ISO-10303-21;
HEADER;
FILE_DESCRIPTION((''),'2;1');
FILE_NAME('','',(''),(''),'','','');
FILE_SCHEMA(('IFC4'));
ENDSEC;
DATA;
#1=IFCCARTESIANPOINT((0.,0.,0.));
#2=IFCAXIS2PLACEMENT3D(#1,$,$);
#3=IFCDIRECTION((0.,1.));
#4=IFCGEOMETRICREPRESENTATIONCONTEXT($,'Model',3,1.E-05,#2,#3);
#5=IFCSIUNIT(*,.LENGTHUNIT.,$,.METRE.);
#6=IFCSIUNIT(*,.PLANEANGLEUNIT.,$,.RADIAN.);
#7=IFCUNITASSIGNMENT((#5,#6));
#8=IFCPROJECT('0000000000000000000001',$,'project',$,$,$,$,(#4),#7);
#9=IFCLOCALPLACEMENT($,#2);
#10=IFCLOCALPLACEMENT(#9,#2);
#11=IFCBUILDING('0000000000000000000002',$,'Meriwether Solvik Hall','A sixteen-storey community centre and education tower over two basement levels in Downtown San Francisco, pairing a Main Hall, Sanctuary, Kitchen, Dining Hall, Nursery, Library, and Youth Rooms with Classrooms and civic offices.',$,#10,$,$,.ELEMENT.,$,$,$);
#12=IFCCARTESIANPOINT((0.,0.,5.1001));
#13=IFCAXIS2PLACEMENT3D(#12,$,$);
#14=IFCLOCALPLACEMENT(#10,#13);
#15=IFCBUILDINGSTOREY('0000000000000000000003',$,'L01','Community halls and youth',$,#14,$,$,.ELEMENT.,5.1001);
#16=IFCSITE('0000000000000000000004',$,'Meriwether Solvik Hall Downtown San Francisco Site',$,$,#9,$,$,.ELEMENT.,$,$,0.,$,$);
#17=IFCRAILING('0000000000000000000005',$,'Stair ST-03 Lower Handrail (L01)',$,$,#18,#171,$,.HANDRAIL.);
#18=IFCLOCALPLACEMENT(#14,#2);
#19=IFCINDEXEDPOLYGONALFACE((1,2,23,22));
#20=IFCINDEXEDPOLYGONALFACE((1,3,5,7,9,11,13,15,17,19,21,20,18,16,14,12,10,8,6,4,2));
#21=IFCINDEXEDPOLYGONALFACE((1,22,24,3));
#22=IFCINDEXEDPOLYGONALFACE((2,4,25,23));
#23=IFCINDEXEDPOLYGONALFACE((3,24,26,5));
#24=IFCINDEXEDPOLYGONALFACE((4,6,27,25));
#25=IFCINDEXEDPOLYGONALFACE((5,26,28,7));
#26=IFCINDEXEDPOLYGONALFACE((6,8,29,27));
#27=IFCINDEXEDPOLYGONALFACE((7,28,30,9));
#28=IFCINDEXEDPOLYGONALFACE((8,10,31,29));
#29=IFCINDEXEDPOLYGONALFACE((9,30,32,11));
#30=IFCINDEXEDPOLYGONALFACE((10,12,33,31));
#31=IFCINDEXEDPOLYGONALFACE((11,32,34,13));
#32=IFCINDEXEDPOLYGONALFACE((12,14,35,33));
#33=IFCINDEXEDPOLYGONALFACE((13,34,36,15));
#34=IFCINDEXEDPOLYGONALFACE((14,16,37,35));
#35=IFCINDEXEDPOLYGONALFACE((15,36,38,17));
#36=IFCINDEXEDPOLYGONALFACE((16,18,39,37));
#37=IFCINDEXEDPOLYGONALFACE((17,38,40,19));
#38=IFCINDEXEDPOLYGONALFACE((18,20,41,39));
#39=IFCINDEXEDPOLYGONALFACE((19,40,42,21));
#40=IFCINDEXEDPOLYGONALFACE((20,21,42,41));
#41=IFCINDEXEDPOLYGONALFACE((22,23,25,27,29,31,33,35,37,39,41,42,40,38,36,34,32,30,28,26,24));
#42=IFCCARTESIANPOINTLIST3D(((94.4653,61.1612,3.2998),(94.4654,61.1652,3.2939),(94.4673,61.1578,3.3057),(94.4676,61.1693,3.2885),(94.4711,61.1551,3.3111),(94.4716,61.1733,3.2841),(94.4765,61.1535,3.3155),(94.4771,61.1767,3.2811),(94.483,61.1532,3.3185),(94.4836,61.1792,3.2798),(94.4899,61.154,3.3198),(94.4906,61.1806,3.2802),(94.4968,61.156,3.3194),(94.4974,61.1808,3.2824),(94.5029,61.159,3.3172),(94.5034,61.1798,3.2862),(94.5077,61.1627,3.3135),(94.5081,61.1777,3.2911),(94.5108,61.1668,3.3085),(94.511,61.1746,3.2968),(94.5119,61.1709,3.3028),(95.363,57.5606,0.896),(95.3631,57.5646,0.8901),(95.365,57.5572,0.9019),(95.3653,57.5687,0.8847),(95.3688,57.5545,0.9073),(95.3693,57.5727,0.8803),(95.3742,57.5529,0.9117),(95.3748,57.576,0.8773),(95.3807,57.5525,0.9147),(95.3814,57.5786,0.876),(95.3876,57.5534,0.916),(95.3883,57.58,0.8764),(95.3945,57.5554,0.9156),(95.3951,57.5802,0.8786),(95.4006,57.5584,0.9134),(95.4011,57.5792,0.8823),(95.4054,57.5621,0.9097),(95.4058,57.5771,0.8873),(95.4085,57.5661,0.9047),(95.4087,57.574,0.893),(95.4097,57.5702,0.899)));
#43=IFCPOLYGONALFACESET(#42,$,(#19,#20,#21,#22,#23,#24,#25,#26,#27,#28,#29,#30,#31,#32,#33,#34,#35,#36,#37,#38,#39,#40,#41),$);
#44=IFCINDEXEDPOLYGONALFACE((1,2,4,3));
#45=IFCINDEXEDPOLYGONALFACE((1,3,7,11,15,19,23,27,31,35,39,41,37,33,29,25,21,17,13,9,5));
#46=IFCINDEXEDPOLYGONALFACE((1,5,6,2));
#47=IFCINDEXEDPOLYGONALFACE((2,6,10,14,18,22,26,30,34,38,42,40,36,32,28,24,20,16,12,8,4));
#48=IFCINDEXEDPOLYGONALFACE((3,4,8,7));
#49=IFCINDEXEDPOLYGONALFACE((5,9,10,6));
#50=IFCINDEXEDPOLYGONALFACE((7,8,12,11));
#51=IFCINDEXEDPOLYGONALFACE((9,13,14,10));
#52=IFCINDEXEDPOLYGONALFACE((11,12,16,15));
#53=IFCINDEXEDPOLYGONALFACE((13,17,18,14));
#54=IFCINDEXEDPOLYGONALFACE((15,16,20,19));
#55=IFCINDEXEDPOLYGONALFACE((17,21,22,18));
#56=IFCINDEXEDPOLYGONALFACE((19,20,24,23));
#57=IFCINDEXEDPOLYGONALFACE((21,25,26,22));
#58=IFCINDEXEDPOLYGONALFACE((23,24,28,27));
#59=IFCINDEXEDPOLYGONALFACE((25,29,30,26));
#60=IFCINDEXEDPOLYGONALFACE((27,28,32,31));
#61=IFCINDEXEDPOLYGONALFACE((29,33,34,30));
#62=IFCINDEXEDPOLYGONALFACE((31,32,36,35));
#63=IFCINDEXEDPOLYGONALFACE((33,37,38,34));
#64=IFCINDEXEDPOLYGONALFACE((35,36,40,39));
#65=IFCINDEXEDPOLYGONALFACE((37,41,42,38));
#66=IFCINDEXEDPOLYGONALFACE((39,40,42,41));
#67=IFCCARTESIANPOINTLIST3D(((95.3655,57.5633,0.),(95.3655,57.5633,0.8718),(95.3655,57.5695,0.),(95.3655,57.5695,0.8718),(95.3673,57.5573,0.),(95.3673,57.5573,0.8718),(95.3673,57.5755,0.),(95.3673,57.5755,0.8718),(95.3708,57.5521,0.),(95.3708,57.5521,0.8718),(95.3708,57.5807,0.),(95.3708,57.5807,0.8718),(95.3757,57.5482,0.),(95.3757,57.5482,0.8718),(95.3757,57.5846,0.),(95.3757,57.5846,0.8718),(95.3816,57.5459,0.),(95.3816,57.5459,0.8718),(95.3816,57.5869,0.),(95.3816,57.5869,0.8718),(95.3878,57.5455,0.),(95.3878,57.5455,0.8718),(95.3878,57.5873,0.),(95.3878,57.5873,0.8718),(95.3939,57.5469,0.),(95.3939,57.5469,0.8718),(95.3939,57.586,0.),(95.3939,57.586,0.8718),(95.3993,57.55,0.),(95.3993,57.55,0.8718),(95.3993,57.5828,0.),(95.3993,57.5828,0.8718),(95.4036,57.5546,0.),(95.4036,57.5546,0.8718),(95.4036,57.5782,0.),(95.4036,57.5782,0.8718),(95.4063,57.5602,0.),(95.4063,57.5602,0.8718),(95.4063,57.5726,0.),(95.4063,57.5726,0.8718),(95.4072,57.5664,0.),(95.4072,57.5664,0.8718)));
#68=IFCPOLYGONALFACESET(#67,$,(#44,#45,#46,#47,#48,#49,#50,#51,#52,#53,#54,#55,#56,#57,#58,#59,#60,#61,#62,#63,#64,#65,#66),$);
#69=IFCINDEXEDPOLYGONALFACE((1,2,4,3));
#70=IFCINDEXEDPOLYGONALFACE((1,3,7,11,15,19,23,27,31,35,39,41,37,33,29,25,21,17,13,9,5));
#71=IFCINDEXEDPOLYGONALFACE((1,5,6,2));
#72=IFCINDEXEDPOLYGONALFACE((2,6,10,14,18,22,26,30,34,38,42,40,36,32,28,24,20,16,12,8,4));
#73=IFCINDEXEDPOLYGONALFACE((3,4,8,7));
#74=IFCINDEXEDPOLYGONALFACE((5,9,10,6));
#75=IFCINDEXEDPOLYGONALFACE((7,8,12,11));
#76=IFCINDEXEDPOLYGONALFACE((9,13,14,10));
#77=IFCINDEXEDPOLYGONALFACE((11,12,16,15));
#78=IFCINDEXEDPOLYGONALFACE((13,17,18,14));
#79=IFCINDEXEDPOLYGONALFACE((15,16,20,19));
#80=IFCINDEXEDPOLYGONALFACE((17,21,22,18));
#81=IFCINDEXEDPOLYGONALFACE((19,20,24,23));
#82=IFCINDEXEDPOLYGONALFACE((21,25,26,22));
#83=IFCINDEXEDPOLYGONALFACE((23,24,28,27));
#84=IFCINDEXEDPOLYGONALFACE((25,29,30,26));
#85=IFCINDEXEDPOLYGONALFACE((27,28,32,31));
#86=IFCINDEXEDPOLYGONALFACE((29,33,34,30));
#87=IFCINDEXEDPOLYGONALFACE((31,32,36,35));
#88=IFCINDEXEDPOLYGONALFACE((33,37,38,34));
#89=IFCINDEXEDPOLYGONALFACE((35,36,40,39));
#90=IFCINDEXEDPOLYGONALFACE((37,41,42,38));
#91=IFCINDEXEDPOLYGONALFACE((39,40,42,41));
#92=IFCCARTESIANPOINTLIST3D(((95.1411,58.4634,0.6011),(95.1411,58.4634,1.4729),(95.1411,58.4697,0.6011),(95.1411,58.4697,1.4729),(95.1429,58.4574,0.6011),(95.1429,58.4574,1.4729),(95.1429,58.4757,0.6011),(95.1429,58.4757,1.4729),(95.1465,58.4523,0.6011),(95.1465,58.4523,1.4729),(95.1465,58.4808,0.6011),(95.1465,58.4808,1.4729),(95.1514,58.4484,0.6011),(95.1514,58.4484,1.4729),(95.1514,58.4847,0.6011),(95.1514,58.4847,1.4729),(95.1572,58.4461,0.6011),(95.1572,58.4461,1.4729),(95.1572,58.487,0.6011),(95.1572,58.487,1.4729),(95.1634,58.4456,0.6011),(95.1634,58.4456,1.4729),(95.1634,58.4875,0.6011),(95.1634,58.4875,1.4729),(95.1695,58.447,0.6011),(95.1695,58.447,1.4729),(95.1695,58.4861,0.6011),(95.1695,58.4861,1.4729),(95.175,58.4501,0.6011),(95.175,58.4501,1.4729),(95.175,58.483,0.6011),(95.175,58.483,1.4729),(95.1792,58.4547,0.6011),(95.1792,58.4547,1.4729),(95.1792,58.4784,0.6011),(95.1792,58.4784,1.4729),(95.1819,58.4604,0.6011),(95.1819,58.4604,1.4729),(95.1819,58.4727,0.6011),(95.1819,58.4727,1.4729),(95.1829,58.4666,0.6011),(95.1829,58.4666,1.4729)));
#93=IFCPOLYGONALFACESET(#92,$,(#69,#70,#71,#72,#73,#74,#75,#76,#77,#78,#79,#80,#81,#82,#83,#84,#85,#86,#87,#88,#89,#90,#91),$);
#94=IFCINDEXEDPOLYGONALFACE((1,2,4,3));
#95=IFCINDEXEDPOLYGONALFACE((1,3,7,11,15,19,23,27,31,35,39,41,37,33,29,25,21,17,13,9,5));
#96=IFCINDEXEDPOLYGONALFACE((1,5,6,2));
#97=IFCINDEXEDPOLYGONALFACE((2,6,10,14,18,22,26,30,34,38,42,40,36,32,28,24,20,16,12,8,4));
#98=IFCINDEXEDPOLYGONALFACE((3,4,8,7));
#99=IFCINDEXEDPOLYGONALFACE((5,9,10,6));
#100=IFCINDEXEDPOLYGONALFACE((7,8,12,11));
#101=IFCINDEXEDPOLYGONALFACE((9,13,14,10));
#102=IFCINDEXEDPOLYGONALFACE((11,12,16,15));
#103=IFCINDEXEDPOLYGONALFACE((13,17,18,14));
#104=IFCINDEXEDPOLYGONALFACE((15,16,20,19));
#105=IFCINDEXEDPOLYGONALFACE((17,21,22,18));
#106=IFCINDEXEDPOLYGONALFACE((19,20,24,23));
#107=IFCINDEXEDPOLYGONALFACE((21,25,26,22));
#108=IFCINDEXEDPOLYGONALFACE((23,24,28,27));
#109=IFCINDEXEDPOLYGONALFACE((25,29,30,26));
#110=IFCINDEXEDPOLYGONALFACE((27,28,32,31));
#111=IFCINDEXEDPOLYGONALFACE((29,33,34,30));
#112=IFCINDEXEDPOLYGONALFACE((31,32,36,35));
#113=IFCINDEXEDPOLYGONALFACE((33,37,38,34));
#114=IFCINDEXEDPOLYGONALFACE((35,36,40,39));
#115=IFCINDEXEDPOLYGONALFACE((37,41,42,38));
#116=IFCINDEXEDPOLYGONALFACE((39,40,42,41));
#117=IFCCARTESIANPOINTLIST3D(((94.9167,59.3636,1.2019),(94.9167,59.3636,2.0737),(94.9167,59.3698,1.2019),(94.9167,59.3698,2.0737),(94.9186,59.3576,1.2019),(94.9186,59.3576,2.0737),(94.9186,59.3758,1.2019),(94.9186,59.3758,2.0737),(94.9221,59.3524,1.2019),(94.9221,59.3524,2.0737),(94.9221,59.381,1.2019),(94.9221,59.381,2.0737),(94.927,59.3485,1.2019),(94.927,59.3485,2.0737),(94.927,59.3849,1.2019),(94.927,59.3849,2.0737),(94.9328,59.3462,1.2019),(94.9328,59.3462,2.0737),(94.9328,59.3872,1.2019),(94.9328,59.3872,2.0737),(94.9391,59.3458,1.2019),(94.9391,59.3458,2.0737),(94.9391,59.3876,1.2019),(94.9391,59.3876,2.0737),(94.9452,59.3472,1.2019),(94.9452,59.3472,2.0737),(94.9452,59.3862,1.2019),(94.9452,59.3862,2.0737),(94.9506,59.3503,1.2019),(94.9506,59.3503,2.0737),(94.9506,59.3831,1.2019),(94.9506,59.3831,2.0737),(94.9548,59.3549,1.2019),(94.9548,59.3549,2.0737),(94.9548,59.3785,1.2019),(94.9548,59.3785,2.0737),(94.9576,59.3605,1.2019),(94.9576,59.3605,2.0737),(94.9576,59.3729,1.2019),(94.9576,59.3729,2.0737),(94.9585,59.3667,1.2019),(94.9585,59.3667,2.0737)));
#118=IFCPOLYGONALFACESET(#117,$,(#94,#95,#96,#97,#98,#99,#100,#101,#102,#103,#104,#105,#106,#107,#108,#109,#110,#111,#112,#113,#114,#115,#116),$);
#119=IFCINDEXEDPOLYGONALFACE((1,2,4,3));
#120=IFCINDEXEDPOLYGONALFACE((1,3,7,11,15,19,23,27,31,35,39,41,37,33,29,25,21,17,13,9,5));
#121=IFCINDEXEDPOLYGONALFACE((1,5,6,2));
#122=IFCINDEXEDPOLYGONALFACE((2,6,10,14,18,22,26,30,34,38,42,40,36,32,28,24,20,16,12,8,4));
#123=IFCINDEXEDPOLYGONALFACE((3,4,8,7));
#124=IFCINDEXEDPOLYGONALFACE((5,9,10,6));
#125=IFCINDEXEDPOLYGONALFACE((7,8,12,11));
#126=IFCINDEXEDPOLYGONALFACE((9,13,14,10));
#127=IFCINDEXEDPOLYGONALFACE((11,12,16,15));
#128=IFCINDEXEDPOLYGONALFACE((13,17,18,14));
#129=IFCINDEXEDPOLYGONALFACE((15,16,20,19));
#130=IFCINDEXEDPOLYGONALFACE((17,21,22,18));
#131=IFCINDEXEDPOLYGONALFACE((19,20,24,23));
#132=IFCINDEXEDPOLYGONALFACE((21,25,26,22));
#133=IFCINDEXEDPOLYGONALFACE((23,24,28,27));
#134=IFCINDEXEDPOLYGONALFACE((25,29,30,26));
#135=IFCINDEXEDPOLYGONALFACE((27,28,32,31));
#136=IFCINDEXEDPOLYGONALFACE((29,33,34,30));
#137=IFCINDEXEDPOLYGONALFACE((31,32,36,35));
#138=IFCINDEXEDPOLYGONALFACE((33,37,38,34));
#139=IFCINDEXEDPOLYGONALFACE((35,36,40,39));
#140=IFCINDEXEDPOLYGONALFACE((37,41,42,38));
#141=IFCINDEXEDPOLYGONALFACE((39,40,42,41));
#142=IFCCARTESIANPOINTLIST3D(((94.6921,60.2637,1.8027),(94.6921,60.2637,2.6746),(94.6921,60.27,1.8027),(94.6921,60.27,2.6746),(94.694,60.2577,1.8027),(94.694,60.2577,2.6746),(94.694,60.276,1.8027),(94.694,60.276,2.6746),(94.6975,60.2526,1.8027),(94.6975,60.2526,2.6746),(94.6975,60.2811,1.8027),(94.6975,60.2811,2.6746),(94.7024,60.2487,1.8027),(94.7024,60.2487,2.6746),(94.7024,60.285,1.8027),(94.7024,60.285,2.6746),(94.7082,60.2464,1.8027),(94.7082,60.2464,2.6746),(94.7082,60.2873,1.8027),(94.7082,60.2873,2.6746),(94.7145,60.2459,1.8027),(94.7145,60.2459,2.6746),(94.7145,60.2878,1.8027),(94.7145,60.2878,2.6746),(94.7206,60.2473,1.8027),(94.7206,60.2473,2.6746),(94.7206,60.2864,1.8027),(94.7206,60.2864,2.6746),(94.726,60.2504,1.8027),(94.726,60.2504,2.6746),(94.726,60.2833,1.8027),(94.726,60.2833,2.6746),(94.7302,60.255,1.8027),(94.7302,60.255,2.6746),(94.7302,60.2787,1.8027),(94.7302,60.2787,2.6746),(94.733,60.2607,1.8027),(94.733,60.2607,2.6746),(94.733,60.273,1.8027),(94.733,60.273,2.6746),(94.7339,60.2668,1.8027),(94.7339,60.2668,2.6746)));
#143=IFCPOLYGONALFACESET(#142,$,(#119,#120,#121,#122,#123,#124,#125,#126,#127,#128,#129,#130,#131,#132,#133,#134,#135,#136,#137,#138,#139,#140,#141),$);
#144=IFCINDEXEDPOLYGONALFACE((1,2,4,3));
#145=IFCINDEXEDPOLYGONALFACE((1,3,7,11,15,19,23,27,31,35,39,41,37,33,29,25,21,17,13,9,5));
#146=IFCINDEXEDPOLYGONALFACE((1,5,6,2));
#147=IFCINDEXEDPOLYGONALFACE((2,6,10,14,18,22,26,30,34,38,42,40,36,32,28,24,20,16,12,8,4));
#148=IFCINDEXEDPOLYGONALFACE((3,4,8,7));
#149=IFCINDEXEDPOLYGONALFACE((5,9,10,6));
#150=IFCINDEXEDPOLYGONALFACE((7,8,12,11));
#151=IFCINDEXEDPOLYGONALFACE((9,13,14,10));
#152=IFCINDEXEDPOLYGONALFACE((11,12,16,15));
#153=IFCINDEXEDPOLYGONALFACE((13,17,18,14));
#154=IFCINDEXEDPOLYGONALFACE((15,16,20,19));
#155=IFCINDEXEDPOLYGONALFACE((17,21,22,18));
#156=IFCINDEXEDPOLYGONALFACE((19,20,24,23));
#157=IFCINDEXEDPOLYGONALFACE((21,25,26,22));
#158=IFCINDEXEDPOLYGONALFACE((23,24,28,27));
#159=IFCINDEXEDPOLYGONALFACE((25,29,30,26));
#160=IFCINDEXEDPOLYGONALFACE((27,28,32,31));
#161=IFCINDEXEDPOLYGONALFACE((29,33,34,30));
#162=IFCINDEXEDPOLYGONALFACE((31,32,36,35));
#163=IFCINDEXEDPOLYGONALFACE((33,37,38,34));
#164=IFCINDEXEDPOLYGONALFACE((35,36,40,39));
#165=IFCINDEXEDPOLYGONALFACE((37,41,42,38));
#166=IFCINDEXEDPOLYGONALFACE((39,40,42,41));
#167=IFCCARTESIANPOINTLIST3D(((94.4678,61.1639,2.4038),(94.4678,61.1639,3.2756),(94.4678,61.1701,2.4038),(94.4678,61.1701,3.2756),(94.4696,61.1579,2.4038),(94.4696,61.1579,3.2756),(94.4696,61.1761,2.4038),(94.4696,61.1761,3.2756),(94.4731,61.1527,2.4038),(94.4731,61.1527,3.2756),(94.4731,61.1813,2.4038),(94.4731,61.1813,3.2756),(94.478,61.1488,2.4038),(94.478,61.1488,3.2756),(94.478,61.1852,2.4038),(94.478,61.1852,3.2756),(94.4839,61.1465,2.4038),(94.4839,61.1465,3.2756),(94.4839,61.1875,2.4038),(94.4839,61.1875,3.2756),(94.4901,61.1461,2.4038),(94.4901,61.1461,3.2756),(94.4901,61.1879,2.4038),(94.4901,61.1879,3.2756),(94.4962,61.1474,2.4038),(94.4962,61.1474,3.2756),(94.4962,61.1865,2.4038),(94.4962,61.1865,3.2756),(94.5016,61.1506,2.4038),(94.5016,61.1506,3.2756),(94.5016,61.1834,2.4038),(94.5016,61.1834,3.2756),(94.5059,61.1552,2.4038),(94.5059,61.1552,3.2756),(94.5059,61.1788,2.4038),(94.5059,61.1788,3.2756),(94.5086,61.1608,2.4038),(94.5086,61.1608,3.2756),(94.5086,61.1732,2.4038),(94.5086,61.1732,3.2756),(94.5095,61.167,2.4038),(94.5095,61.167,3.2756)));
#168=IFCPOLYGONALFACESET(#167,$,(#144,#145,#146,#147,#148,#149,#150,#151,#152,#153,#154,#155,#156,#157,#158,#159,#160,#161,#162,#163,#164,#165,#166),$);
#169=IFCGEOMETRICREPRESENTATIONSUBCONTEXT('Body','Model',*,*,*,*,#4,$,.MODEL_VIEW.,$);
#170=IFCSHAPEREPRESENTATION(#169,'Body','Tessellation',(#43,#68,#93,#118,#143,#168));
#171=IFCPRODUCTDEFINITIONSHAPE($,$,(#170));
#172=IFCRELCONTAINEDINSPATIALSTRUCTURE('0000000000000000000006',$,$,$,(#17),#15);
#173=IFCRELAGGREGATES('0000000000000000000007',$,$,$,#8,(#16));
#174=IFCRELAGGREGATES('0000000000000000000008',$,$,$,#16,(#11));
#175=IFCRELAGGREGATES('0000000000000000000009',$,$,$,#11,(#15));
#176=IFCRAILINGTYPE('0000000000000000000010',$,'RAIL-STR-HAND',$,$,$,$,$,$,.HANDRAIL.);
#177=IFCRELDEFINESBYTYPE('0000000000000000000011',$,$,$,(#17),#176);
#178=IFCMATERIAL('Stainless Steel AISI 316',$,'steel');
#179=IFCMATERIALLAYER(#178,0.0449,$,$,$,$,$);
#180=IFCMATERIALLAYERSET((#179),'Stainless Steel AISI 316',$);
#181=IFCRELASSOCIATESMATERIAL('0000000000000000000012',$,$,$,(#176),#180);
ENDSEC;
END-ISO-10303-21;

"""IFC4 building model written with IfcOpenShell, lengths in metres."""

from ifc_helpers import new_model, si_unit, direction, frame, origin, origin_2d, place, context, subcontext, project, spatial, circle, extrude, material, layer, layer_set, type_object, element, save


model = new_model("IFC4")

# Units and contexts
model_context = context("Model", 3, precision=1e-05, world=origin(), true_north=direction((0.0, 1.0)))
body_context = subcontext(model_context, "Body", "Model", "MODEL_VIEW")
ifc_project = project(units=[si_unit("LENGTHUNIT", "METRE"), si_unit("PLANEANGLEUNIT", "RADIAN")], contexts=[model_context])

# Site, building, storey
site_placement = place(None, origin())
site = spatial("IfcSite", under=ifc_project, at=site_placement, Name="Meriwether Solvik Hall Downtown San Francisco Site", CompositionType="ELEMENT", RefElevation=0.0)
building_placement = place(site_placement, origin())
building = spatial("IfcBuilding", under=site, at=building_placement, Name="Meriwether Solvik Hall", Description="A sixteen-storey community centre and education tower over two basement levels in Downtown San Francisco, pairing a Main Hall, Sanctuary, Kitchen, Dining Hall, Nursery, Library, and Youth Rooms with Classrooms and civic offices.", CompositionType="ELEMENT")
storey_placement = place(building_placement, frame((0.0, 0.0, 5.1001)))
storey = spatial("IfcBuildingStorey", under=building, at=storey_placement, Name="L01", Description="Community halls and youth", CompositionType="ELEMENT", Elevation=5.1001)

# Railing
ifc_material_1 = material(Name="Stainless Steel AISI 316", Category="steel")
ifc_layer_1 = layer(ifc_material_1, 0.0449)
ifc_layer_set_1 = layer_set([ifc_layer_1], Name="Stainless Steel AISI 316")
railing_type_1 = type_object("IfcRailingType", Name="RAIL-STR-HAND", PredefinedType="HANDRAIL", material=ifc_layer_set_1)
railing_1_placement = place(storey_placement, frame((95.3862, 57.5664, 0.0)))
element("IfcRailing", 1, at=railing_1_placement, inside=storey, type_object=railing_type_1, Name="Stair ST-03 Lower Handrail (L01)", PredefinedType="HANDRAIL", context=body_context, shape_type="SweptSolid", body=[
    extrude(circle(Radius=0.0239, at=origin_2d()), frame((0.0, 0.0, 0.896), z_axis=(-0.203038, 0.814362, 0.543681), x_axis=(-0.970297, -0.241916, 0.0)), (0.0, 0.0, 1.0), 4.4214),
    extrude(circle(Radius=0.021, at=origin_2d()), origin(), (0.0, 0.0, 1.0), 0.8718),
    extrude(circle(Radius=0.021, at=origin_2d()), frame((-0.2244, 0.9001, 0.6011)), (0.0, 0.0, 1.0), 0.8718),
    extrude(circle(Radius=0.021, at=origin_2d()), frame((-0.4487, 1.8003, 1.2019)), (0.0, 0.0, 1.0), 0.8718),
    extrude(circle(Radius=0.021, at=origin_2d()), frame((-0.6733, 2.7004, 1.8027)), (0.0, 0.0, 1.0), 0.8718),
    extrude(circle(Radius=0.021, at=origin_2d()), frame((-0.8977, 3.6006, 2.4038)), (0.0, 0.0, 1.0), 0.8718),
])

save(model, "model.ifc")
